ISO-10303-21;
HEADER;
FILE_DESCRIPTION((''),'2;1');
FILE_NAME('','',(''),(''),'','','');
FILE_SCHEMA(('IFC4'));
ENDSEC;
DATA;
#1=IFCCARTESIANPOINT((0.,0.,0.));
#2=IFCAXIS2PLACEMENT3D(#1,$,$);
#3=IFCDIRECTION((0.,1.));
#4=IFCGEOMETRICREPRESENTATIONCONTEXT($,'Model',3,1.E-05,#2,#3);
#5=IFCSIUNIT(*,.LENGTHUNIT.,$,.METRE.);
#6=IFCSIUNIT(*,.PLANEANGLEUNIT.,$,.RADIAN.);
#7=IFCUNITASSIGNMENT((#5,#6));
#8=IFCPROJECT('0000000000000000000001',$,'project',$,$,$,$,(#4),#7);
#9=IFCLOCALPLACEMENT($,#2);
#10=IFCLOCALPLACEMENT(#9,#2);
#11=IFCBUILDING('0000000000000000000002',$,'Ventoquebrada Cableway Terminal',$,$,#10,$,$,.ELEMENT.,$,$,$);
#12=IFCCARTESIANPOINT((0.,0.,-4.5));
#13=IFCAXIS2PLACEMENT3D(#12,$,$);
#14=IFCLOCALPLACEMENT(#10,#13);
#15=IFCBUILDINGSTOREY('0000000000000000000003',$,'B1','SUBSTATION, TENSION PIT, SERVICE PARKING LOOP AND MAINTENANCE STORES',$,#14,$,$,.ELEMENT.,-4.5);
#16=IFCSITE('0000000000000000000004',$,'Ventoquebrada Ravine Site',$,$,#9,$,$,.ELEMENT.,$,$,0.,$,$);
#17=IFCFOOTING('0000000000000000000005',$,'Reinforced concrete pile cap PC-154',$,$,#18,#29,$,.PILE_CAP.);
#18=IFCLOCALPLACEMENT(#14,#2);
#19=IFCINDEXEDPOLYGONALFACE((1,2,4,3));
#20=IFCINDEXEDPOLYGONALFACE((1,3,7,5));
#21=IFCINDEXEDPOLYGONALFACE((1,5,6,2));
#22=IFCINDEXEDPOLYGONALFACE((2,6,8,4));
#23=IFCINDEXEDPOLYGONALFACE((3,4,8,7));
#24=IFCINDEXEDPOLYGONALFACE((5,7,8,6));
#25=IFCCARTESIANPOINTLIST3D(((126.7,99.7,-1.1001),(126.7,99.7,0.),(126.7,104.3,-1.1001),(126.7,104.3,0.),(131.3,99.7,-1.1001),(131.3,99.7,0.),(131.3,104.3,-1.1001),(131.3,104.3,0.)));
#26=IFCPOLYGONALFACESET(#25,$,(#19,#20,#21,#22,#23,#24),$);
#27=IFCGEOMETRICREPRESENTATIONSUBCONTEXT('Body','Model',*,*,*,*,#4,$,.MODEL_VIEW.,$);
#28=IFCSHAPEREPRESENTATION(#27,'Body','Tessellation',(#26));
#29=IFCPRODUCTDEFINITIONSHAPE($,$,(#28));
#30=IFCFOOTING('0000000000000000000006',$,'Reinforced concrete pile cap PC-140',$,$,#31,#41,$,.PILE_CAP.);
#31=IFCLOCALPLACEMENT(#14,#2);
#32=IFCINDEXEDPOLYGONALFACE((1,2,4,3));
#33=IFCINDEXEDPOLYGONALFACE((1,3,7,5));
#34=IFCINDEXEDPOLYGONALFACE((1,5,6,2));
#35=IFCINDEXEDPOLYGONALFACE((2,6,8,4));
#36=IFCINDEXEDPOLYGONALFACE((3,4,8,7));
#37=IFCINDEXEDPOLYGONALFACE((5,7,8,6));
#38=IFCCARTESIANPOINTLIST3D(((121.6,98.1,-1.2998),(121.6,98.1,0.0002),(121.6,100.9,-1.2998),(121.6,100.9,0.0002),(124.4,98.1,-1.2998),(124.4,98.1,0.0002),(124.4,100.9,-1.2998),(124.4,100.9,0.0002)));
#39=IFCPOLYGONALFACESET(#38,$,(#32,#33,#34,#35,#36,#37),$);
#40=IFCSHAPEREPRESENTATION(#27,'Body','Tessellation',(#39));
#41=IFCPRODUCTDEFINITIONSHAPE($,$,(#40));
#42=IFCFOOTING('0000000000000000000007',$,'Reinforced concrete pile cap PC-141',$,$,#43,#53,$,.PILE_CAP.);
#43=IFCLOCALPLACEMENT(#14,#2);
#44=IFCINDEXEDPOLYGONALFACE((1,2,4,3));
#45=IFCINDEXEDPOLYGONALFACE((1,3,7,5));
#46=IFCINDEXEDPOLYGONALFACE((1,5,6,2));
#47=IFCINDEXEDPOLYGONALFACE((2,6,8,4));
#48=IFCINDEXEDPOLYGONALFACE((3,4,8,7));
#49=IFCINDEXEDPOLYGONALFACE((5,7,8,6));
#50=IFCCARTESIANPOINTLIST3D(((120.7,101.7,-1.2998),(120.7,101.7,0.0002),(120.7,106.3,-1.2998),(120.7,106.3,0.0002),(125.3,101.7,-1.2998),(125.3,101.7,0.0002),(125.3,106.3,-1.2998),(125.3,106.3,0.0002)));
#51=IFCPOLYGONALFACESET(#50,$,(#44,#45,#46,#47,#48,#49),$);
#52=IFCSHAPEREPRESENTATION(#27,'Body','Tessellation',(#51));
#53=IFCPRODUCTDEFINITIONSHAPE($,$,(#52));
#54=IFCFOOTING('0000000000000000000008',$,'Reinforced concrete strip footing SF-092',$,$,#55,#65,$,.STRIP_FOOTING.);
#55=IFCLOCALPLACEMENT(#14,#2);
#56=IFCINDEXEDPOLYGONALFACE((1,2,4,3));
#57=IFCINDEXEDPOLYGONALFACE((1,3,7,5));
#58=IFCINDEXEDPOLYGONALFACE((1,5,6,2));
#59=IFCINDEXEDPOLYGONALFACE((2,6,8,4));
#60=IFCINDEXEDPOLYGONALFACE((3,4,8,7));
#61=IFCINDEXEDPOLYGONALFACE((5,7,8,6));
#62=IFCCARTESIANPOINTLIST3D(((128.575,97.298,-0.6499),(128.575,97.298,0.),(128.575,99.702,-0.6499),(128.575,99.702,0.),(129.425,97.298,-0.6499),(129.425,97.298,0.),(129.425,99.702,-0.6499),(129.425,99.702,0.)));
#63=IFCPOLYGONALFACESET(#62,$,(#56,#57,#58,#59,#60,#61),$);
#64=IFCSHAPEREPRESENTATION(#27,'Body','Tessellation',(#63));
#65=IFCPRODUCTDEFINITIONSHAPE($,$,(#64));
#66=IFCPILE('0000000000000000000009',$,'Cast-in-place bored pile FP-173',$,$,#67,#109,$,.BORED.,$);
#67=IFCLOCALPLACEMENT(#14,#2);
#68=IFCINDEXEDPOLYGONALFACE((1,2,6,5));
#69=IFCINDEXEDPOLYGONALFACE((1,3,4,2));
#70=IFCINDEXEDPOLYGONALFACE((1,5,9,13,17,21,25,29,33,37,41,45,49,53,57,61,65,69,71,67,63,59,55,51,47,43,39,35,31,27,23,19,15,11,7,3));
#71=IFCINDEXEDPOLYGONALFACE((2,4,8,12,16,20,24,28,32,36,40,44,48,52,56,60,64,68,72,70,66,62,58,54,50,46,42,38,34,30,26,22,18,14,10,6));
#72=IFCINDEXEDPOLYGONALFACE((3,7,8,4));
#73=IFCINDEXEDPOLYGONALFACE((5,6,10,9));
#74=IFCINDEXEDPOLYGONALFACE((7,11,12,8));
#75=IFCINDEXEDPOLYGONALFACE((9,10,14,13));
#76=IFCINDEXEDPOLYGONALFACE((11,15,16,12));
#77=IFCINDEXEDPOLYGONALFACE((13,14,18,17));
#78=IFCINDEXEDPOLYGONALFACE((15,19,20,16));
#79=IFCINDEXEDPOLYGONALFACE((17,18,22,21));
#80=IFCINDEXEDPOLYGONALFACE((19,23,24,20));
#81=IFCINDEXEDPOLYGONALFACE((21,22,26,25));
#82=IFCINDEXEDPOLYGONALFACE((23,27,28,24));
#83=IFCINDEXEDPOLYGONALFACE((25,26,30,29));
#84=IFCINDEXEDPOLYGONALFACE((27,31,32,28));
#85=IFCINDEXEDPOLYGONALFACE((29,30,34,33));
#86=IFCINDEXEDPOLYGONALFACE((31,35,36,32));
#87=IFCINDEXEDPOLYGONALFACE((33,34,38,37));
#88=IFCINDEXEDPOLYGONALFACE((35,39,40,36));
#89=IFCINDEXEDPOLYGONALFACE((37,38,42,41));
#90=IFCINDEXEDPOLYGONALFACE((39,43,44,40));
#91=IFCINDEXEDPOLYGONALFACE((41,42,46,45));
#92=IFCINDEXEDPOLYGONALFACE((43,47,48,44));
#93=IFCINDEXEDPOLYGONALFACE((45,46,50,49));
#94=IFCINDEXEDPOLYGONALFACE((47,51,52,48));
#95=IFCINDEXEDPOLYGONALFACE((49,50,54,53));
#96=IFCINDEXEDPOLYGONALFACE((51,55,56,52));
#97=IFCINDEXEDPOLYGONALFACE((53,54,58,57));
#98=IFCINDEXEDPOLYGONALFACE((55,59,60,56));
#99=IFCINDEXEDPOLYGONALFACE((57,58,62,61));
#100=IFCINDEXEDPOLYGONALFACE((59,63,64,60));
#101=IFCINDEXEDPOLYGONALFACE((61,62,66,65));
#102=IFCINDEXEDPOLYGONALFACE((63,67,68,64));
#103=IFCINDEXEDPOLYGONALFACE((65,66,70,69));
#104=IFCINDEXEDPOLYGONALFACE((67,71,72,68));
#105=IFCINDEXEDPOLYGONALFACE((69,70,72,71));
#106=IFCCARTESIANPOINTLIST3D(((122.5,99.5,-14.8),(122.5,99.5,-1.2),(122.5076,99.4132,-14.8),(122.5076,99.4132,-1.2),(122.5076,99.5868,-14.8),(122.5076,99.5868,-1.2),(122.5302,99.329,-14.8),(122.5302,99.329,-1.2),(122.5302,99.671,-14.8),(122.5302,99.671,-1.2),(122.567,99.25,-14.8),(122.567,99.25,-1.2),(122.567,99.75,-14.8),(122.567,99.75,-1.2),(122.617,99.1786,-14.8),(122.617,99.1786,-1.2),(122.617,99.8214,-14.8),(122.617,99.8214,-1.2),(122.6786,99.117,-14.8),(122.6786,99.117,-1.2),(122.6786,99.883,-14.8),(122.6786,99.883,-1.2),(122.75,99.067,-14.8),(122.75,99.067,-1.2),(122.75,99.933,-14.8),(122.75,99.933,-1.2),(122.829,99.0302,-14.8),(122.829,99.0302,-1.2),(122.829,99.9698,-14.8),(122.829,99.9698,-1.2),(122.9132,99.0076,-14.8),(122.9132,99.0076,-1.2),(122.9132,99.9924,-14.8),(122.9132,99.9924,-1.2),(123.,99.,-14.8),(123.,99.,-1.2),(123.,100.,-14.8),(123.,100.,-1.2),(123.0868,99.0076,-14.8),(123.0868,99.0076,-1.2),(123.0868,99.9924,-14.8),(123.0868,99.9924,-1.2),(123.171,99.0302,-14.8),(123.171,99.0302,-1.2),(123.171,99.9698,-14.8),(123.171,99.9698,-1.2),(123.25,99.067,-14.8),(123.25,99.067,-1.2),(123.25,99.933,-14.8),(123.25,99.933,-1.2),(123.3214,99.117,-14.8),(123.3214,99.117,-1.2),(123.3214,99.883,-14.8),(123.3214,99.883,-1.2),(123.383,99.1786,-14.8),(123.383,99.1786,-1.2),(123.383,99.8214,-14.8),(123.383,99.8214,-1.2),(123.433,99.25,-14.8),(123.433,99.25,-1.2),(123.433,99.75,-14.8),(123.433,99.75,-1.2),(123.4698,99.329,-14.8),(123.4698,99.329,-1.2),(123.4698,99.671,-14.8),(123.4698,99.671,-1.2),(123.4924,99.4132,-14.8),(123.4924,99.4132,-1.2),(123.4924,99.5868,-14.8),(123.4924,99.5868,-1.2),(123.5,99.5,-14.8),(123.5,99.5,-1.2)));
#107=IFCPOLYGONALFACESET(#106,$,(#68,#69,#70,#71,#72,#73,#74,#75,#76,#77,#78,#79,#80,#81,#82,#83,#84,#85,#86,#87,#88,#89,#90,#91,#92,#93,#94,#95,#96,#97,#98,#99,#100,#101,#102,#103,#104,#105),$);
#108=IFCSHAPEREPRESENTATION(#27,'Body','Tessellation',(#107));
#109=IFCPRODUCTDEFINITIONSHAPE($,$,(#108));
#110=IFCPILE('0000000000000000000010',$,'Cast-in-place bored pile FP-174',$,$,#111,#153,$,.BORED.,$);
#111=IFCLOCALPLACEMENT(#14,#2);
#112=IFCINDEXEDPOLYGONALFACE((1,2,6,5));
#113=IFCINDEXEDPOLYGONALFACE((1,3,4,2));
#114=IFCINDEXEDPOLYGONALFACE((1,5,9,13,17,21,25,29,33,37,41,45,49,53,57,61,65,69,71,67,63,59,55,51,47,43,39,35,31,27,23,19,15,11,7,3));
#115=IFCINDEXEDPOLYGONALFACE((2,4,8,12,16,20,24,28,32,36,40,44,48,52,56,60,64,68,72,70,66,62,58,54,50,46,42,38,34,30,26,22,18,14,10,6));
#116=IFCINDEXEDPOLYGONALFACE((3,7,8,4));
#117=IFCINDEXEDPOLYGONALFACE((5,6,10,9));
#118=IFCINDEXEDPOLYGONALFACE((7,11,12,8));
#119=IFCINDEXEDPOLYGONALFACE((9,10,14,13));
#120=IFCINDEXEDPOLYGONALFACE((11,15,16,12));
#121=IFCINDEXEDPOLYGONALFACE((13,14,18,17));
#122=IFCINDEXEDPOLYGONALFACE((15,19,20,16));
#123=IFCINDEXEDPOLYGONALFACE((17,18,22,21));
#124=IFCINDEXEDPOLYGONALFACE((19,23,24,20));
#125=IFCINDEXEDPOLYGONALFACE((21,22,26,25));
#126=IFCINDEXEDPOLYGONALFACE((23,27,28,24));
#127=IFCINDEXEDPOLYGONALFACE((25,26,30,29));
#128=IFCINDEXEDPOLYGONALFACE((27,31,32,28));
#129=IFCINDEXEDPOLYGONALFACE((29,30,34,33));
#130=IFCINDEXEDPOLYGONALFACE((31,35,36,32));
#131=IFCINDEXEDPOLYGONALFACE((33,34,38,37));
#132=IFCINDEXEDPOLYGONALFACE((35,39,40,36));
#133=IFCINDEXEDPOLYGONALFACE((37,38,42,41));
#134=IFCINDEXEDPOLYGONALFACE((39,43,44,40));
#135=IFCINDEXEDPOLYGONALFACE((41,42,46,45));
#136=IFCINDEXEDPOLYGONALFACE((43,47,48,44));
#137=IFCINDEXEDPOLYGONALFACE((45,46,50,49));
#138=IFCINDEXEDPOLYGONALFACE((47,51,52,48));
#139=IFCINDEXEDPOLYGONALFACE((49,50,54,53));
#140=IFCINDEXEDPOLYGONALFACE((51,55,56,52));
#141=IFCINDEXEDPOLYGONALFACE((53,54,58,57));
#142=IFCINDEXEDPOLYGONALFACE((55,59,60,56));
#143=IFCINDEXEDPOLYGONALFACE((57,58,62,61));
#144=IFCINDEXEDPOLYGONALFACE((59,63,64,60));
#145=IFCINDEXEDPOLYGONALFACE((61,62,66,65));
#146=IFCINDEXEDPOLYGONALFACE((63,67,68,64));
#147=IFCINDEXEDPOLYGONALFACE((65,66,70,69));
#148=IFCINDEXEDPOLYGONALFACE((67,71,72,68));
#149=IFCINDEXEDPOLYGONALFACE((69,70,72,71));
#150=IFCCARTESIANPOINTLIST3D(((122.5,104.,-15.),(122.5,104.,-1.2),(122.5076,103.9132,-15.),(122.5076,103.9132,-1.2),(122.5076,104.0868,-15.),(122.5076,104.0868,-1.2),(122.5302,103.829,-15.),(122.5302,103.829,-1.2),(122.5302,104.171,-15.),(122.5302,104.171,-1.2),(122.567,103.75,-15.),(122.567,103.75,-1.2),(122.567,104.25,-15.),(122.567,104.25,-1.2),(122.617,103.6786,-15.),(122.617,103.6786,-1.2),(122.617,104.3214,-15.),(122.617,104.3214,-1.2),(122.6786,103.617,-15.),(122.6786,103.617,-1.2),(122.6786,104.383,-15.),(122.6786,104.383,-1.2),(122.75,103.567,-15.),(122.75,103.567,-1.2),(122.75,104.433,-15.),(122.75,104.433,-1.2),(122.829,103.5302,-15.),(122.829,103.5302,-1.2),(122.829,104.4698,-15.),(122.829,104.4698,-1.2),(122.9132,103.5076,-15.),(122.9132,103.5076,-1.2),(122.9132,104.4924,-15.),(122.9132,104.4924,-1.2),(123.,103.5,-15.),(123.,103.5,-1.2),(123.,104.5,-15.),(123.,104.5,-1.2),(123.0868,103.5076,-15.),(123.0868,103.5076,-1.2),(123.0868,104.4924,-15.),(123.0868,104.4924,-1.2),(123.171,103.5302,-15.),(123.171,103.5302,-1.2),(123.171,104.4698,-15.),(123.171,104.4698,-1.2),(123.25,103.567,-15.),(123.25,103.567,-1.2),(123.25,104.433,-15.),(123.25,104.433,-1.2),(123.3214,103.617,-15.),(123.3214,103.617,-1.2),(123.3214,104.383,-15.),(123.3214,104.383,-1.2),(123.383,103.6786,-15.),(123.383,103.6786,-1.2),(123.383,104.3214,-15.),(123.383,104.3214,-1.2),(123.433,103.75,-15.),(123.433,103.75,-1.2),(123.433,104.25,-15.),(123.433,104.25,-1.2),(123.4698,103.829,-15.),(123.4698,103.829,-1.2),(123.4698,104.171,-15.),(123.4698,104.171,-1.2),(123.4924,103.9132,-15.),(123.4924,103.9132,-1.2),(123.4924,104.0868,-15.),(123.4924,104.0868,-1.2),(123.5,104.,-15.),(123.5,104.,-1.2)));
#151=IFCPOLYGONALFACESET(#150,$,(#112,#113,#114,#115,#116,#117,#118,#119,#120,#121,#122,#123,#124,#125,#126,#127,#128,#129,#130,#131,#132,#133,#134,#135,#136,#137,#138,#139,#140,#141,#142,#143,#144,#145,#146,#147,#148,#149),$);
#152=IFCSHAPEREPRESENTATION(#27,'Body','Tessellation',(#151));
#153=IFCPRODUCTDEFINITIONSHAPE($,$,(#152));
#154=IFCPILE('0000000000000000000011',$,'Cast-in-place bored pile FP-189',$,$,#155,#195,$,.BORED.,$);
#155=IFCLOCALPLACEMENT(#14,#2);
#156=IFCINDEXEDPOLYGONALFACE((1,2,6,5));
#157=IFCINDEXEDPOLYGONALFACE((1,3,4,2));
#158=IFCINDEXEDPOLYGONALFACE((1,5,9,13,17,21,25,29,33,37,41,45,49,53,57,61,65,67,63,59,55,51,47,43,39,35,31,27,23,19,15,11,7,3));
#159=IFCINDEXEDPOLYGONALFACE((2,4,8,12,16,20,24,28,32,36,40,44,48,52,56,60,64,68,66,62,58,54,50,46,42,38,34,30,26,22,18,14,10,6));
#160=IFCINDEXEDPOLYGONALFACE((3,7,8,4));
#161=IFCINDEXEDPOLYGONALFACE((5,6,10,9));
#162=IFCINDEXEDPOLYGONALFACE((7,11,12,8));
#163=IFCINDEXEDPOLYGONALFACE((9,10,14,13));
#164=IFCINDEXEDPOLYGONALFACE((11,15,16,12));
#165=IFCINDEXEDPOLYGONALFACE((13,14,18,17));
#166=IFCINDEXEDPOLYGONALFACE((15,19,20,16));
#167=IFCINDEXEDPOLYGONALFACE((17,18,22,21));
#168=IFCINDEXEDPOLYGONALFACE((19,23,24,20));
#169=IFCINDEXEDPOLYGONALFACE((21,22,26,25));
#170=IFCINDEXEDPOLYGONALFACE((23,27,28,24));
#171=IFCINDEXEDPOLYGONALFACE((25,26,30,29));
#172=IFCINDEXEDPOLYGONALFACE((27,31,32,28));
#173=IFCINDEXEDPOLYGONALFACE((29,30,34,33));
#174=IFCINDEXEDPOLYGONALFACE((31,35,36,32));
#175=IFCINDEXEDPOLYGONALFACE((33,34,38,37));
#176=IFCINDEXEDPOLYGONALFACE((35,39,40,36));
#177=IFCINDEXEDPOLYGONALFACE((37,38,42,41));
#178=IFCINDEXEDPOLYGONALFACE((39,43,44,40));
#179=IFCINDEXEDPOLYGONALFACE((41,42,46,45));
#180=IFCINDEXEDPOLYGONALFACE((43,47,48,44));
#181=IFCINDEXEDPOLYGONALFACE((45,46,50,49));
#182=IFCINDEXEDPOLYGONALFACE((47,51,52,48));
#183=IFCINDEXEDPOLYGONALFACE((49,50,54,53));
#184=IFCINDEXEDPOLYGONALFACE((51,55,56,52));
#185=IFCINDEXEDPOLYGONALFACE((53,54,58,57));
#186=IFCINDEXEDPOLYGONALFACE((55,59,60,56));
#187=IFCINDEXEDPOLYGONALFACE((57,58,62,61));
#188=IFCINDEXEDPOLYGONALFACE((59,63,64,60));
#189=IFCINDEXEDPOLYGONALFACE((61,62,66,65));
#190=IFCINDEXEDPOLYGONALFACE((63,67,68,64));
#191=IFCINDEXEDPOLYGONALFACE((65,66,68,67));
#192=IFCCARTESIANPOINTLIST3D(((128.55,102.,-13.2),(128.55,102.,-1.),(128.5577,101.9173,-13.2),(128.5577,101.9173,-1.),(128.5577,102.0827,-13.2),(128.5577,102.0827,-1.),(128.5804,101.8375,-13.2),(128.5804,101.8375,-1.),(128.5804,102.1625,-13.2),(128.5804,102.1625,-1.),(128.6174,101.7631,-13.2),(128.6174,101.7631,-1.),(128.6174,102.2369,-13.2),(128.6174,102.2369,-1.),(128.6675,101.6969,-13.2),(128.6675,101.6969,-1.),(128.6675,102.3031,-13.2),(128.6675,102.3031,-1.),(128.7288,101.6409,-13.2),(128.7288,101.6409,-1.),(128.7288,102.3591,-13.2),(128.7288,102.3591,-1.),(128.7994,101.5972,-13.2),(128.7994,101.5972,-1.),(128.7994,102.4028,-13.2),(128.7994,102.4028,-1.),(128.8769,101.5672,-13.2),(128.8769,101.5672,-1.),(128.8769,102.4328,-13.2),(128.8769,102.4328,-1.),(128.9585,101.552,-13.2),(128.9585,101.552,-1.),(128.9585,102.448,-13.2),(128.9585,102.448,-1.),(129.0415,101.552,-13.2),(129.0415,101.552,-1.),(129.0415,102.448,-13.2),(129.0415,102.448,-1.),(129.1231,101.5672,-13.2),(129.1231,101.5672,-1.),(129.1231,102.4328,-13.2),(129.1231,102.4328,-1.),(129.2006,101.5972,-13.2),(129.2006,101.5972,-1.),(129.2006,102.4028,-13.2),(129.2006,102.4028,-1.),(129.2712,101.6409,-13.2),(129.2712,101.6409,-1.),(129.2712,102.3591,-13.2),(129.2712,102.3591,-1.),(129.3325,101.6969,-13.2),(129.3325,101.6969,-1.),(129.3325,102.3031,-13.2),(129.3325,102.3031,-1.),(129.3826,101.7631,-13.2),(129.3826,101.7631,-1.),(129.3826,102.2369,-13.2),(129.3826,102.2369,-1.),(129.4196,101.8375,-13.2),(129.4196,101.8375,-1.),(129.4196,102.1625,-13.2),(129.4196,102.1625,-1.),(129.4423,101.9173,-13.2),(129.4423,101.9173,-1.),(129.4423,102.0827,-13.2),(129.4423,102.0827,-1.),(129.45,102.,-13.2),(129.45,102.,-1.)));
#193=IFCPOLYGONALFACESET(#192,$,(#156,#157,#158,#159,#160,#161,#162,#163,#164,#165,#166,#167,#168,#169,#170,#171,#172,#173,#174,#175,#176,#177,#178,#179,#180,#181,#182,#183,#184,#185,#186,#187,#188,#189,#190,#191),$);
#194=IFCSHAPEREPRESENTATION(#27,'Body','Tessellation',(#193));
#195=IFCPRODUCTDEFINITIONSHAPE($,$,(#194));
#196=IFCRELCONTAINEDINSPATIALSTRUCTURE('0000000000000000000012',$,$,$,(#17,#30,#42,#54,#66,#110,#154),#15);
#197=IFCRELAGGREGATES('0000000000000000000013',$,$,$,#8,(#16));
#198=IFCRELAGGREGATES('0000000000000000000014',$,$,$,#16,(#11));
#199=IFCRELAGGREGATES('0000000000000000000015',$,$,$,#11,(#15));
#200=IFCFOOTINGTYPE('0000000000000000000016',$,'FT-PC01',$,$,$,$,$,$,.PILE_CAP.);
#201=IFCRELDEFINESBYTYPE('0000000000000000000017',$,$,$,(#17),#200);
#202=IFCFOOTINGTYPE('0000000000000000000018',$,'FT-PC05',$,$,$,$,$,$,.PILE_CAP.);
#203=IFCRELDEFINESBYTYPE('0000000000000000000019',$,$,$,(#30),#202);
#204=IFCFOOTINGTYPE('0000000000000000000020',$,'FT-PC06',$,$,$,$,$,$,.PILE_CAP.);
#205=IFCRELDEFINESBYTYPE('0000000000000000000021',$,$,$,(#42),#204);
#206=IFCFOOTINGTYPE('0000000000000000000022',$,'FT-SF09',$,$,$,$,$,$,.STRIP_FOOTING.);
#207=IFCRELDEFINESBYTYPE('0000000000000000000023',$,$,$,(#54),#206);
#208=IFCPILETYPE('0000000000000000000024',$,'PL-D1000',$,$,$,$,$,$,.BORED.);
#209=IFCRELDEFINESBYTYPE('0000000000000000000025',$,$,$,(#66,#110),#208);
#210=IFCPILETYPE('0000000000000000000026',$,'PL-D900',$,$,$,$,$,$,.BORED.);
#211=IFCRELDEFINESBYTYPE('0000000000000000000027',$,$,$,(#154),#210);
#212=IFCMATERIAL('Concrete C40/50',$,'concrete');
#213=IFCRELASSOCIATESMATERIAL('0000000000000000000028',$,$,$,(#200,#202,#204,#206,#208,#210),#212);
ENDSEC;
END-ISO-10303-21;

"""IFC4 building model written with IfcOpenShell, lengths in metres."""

from ifc_helpers import new_model, si_unit, direction, frame, origin, origin_2d, place, context, subcontext, project, spatial, rectangle, circle, extrude, material, material_profile, profile_set, type_object, element, save


model = new_model("IFC4")

# Units and contexts
model_context = context("Model", 3, precision=1e-05, world=origin(), true_north=direction((0.0, 1.0)))
body_context = subcontext(model_context, "Body", "Model", "MODEL_VIEW")
ifc_project = project(units=[si_unit("LENGTHUNIT", "METRE"), si_unit("PLANEANGLEUNIT", "RADIAN")], contexts=[model_context])

# Site, building, storey
site_placement = place(None, origin())
site = spatial("IfcSite", under=ifc_project, at=site_placement, Name="Ventoquebrada Ravine Site", CompositionType="ELEMENT", RefElevation=0.0)
building_placement = place(site_placement, origin())
building = spatial("IfcBuilding", under=site, at=building_placement, Name="Ventoquebrada Cableway Terminal", CompositionType="ELEMENT")
storey_placement = place(building_placement, frame((0.0, 0.0, -4.5)))
storey = spatial("IfcBuildingStorey", under=building, at=storey_placement, Name="B1", Description="SUBSTATION, TENSION PIT, SERVICE PARKING LOOP AND MAINTENANCE STORES", CompositionType="ELEMENT", Elevation=-4.5)

# Footings
ifc_material_1 = material(Name="Concrete C40/50", Category="concrete")
footing_type_1 = type_object("IfcFootingType", Name="FT-PC01", PredefinedType="PILE_CAP", material=ifc_material_1)
footing_1_placement = place(storey_placement, frame((129.0, 102.0, -1.1001), z_axis=(0.0, 0.0, 1.0), x_axis=(1.0, 0.0, 0.0)))
element("IfcFooting", 1, at=footing_1_placement, inside=storey, type_object=footing_type_1, Name="Reinforced concrete pile cap PC-154", PredefinedType="PILE_CAP", context=body_context, shape_type="SweptSolid", body=[
    extrude(rectangle(XDim=4.6001, YDim=4.6001, at=origin_2d()), origin(), (0.0, 0.0, 1.0), 1.1001),
])
footing_type_2 = type_object("IfcFootingType", Name="FT-PC05", PredefinedType="PILE_CAP", material=ifc_material_1)
footing_2_placement = place(storey_placement, frame((123.0, 99.5, -1.2998), z_axis=(0.0, 0.0, 1.0), x_axis=(1.0, 0.0, 0.0)))
element("IfcFooting", 2, at=footing_2_placement, inside=storey, type_object=footing_type_2, Name="Reinforced concrete pile cap PC-140", PredefinedType="PILE_CAP", context=body_context, shape_type="SweptSolid", body=[
    extrude(rectangle(XDim=2.8, YDim=2.8, at=origin_2d()), origin(), (0.0, 0.0, 1.0), 1.3),
])
footing_type_3 = type_object("IfcFootingType", Name="FT-PC06", PredefinedType="PILE_CAP", material=ifc_material_1)
footing_3_placement = place(storey_placement, frame((123.0, 104.0, -1.2998), z_axis=(0.0, 0.0, 1.0), x_axis=(1.0, 0.0, 0.0)))
element("IfcFooting", 3, at=footing_3_placement, inside=storey, type_object=footing_type_3, Name="Reinforced concrete pile cap PC-141", PredefinedType="PILE_CAP", context=body_context, shape_type="SweptSolid", body=[
    extrude(rectangle(XDim=4.6001, YDim=4.6001, at=origin_2d()), origin(), (0.0, 0.0, 1.0), 1.3),
])
footing_type_4 = type_object("IfcFootingType", Name="FT-SF09", PredefinedType="STRIP_FOOTING", material=ifc_material_1)
footing_4_placement = place(storey_placement, frame((129.0, 98.5, -0.6499), z_axis=(0.0, 0.0, 1.0), x_axis=(0.0, 1.0, 0.0)))
element("IfcFooting", 4, at=footing_4_placement, inside=storey, type_object=footing_type_4, Name="Reinforced concrete strip footing SF-092", PredefinedType="STRIP_FOOTING", context=body_context, shape_type="SweptSolid", body=[
    extrude(rectangle(XDim=2.4041, YDim=0.8501, at=origin_2d()), origin(), (0.0, 0.0, 1.0), 0.6499),
])

# Piles
ifc_material_profile_1 = material_profile(ifc_material_1, circle(Radius=0.5, at=origin_2d()), Name="PILE-D1000")
ifc_profile_set_1 = profile_set([ifc_material_profile_1], Name="Concrete C40/50")
pile_type_1 = type_object("IfcPileType", Name="PL-D1000", PredefinedType="BORED", material=ifc_profile_set_1)
pile_1_placement = place(storey_placement, frame((123.0, 99.5, -1.2), z_axis=(0.0, 0.0, -1.0), x_axis=(1.0, 0.0, 0.0)))
element("IfcPile", 5, at=pile_1_placement, inside=storey, type_object=pile_type_1, Name="Cast-in-place bored pile FP-173", PredefinedType="BORED", context=body_context, shape_type="SweptSolid", body=[
    extrude(circle(Radius=0.5, at=origin_2d()), origin(), (0.0, 0.0, 1.0), 13.6001),
])
pile_2_placement = place(storey_placement, frame((123.0, 104.0, -1.2), z_axis=(0.0, 0.0, -1.0), x_axis=(1.0, 0.0, 0.0)))
element("IfcPile", 6, at=pile_2_placement, inside=storey, type_object=pile_type_1, Name="Cast-in-place bored pile FP-174", PredefinedType="BORED", context=body_context, shape_type="SweptSolid", body=[
    extrude(circle(Radius=0.5, at=origin_2d()), origin(), (0.0, 0.0, 1.0), 13.8),
])
ifc_material_profile_2 = material_profile(ifc_material_1, circle(Radius=0.45, at=origin_2d()), Name="PILE-D900")
ifc_profile_set_2 = profile_set([ifc_material_profile_2], Name="Concrete C40/50")
pile_type_2 = type_object("IfcPileType", Name="PL-D900", PredefinedType="BORED", material=ifc_profile_set_2)
pile_3_placement = place(storey_placement, frame((129.0, 102.0, -1.0), z_axis=(0.0, 0.0, -1.0), x_axis=(1.0, 0.0, 0.0)))
element("IfcPile", 7, at=pile_3_placement, inside=storey, type_object=pile_type_2, Name="Cast-in-place bored pile FP-189", PredefinedType="BORED", context=body_context, shape_type="SweptSolid", body=[
    extrude(circle(Radius=0.45, at=origin_2d()), origin(), (0.0, 0.0, 1.0), 12.2),
])

save(model, "model.ifc")
